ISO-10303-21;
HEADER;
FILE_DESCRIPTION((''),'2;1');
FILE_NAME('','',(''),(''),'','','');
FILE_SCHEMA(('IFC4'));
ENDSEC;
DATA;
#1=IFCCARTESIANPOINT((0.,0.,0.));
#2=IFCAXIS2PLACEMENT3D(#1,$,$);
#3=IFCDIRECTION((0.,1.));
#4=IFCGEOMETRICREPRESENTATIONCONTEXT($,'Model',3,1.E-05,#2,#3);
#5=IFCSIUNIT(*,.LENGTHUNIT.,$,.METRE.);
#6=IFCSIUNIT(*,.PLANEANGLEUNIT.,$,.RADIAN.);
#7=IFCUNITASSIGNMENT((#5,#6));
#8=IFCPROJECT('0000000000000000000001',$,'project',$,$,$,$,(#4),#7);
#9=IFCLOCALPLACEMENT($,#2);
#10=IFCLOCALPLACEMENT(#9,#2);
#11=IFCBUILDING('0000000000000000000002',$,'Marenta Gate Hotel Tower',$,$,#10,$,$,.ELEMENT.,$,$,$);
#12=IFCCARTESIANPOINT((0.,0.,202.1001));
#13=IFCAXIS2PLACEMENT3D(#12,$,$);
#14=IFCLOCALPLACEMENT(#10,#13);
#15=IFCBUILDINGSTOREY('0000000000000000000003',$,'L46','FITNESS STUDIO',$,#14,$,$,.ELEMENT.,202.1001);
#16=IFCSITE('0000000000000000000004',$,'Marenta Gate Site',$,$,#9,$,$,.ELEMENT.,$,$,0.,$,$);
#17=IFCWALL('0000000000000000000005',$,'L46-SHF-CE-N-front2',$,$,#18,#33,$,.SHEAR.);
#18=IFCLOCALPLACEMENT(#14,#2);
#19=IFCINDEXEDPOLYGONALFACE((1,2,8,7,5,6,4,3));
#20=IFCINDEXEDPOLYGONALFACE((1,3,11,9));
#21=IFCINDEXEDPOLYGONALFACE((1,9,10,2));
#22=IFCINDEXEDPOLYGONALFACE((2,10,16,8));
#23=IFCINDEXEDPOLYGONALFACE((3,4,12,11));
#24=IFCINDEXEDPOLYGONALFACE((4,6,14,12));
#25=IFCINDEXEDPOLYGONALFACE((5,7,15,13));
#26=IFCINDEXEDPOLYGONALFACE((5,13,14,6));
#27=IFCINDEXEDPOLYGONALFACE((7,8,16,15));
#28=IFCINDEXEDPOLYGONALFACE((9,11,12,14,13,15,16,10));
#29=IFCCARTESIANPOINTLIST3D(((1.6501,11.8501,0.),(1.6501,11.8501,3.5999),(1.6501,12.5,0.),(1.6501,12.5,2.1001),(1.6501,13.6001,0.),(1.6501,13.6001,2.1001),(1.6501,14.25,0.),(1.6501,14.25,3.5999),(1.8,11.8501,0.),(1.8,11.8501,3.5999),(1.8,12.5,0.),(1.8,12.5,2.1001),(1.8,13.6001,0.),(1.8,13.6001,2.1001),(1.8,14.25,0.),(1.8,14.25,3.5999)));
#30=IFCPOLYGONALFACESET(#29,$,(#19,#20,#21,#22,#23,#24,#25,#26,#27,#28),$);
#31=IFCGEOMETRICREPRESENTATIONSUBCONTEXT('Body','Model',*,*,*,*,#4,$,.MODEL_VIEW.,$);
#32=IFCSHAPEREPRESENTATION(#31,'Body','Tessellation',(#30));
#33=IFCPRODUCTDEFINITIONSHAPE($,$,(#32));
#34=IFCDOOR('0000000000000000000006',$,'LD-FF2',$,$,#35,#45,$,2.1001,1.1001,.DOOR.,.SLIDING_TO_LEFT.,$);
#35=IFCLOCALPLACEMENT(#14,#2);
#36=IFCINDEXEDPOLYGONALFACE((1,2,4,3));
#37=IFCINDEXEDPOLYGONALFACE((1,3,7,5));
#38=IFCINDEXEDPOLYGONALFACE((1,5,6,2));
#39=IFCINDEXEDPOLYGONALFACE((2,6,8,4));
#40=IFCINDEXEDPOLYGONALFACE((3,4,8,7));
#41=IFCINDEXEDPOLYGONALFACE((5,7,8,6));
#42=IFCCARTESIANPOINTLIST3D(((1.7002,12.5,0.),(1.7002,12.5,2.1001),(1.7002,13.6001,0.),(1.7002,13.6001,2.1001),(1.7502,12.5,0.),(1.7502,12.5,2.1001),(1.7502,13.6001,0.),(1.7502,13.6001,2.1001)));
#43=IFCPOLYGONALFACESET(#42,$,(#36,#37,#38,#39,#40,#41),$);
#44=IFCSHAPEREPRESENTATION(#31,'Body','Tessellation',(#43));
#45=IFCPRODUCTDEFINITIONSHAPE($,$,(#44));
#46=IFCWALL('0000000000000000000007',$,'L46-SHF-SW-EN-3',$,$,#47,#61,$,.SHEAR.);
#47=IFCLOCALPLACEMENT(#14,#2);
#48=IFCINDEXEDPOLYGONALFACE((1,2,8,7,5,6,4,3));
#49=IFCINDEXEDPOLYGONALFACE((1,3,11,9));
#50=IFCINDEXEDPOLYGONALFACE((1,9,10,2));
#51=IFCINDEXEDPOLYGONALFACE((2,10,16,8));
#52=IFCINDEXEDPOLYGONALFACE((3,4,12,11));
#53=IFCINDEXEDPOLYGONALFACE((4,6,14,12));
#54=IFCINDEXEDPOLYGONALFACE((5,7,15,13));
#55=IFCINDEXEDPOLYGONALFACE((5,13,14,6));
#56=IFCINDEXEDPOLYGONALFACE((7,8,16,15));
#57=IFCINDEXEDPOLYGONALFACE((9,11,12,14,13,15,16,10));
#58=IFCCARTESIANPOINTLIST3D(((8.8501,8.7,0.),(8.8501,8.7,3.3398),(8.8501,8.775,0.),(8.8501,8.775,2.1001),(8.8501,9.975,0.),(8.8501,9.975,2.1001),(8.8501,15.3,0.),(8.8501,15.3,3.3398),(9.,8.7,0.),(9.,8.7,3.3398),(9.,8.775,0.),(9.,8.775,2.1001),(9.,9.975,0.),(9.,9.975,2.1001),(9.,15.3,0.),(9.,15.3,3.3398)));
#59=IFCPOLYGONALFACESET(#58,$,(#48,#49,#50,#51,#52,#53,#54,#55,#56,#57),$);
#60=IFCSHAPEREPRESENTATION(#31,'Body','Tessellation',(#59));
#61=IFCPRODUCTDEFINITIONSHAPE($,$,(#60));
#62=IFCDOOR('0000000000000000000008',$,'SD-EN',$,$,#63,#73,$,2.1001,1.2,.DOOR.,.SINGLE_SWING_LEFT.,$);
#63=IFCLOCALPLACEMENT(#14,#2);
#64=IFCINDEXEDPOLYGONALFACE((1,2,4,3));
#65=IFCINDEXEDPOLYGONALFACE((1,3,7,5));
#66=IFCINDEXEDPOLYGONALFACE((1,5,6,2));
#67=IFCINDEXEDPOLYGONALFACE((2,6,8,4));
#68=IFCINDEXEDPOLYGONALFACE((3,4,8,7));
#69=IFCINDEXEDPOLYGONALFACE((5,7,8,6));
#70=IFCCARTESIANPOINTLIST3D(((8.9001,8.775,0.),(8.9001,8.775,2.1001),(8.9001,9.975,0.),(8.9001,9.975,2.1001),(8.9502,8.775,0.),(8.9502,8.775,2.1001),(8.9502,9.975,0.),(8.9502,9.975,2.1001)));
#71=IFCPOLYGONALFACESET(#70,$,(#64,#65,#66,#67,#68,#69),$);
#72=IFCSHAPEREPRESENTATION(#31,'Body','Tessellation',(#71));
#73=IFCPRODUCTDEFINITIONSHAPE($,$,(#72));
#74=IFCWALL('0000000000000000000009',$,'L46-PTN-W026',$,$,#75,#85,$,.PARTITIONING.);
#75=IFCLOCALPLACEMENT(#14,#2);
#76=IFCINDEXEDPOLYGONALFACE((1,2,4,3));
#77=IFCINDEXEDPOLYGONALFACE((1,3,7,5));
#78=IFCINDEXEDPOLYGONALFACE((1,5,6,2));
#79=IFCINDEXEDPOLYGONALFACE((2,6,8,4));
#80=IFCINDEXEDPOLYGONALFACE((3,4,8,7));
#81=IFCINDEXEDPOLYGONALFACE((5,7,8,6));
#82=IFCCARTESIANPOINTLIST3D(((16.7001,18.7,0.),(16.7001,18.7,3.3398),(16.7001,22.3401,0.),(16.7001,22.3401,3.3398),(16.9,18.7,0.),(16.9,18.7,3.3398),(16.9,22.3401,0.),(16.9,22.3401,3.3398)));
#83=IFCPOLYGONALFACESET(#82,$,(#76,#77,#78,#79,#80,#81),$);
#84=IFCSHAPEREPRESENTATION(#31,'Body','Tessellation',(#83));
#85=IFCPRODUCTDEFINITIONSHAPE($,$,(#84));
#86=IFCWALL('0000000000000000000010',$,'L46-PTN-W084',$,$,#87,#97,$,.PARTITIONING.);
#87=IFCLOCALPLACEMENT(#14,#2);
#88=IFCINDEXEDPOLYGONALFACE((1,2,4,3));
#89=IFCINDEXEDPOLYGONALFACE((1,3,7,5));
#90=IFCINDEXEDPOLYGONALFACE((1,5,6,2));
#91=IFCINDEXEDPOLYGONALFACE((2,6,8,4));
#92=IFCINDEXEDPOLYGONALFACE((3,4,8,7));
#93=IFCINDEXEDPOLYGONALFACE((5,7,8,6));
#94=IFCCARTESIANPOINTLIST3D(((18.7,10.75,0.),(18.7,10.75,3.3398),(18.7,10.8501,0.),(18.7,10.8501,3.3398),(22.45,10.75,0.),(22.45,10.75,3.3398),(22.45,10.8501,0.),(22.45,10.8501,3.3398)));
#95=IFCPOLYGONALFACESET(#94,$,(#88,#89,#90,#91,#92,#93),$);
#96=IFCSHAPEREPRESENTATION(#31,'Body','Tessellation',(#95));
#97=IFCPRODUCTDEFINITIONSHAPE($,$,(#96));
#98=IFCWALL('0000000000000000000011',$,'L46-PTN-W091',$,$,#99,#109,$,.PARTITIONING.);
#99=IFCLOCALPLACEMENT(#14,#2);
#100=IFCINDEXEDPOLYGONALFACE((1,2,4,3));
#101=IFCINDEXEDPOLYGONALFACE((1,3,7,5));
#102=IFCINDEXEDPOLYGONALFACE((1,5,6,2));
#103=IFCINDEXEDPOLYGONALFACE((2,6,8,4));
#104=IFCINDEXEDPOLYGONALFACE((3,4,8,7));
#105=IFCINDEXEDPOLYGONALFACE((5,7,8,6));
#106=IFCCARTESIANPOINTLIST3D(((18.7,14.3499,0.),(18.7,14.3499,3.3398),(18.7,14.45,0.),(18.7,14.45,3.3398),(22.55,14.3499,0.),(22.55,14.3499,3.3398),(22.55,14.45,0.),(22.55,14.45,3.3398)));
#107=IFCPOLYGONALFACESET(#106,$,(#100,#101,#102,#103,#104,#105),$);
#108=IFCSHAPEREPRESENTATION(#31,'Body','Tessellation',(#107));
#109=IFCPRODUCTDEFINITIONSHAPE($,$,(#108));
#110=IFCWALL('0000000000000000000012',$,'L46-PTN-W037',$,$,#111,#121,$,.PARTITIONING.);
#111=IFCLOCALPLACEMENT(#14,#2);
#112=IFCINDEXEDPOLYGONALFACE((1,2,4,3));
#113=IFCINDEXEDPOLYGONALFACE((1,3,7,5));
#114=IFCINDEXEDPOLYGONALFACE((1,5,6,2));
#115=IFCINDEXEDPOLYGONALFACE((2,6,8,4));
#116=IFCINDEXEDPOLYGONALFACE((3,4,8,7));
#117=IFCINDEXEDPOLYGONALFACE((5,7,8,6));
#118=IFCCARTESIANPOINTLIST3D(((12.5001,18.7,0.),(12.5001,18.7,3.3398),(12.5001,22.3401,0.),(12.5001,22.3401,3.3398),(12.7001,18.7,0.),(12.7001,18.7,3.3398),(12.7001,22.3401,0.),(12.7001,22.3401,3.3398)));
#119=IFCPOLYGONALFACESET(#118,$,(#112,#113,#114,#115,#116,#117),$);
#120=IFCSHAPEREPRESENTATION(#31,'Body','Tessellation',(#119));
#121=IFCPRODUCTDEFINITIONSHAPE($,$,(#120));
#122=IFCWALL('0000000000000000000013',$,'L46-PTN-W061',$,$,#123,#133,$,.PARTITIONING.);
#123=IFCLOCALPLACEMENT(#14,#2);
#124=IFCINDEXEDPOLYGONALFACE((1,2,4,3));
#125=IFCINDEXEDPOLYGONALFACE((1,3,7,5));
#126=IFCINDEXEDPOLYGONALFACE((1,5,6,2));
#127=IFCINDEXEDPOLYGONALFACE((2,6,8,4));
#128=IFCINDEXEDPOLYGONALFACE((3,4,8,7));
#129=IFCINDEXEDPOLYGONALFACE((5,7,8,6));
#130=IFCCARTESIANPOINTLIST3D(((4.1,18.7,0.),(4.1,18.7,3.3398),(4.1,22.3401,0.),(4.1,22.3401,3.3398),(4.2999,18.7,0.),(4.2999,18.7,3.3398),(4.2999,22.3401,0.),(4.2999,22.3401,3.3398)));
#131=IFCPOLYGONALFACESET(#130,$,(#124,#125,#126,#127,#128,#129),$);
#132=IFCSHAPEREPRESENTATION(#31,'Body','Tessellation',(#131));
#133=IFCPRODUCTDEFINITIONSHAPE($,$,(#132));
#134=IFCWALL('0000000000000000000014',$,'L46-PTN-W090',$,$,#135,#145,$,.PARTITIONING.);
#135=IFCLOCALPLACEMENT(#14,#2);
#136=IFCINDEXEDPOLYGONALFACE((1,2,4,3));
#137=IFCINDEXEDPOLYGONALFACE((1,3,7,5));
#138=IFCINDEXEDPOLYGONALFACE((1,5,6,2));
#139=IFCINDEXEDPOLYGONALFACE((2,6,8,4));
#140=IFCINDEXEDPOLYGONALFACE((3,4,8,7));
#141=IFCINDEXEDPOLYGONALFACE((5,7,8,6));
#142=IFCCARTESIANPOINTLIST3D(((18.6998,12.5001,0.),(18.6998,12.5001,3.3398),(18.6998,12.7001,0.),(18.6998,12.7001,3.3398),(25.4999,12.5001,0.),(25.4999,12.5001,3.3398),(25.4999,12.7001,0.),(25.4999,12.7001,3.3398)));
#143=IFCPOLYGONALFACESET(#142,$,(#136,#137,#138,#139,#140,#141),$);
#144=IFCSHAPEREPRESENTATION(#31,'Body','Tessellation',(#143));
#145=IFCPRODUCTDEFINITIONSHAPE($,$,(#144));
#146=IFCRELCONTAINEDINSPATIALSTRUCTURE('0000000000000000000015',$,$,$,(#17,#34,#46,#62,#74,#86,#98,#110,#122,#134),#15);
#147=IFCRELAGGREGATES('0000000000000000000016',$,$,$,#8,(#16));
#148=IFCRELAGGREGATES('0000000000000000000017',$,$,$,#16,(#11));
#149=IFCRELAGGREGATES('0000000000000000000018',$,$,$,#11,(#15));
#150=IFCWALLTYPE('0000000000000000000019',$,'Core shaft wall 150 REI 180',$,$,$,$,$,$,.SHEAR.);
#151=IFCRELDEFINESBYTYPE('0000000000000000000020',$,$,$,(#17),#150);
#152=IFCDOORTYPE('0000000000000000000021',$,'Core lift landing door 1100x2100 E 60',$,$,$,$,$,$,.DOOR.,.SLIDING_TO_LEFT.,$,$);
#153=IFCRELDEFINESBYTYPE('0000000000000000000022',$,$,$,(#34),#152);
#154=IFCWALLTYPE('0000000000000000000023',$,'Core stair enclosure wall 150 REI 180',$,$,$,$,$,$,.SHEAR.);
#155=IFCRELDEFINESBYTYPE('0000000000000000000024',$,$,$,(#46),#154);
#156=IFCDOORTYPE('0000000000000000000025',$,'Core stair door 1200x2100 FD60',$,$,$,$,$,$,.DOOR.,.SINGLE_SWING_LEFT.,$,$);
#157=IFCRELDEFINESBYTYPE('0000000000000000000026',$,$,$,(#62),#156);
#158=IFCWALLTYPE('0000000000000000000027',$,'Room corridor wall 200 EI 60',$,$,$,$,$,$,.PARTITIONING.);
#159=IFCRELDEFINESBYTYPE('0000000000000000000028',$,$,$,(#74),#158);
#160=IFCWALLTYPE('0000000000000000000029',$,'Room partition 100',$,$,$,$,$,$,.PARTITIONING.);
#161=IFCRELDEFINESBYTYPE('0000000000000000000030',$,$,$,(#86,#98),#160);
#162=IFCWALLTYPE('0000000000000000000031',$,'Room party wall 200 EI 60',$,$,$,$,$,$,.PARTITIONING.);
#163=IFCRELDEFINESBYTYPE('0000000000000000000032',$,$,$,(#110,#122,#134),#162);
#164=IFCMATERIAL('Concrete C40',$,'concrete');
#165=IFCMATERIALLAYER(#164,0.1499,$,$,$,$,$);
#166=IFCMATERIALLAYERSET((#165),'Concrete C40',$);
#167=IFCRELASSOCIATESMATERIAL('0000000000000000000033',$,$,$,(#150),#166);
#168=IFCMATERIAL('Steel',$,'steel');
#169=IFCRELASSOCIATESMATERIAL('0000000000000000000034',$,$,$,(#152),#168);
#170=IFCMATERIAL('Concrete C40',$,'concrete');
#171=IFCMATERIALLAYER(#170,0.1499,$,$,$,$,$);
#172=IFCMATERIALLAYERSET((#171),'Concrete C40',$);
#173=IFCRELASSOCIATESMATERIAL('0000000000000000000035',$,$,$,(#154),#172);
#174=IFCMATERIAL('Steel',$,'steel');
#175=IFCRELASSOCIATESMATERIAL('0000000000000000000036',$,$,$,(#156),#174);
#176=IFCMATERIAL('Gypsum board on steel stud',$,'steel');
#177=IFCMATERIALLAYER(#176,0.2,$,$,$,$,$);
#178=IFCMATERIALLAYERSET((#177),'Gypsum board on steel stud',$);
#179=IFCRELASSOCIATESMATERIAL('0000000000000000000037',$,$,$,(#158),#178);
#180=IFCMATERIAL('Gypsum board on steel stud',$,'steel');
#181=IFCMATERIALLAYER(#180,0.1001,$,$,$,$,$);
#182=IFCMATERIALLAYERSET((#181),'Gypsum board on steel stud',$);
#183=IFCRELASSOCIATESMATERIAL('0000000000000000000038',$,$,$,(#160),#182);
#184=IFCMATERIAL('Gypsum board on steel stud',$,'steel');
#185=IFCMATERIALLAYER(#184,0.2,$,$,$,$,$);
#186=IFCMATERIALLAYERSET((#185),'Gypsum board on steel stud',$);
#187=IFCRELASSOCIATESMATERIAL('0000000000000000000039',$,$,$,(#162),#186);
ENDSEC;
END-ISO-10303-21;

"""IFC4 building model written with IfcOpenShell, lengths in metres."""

from ifc_helpers import new_model, si_unit, direction, frame, frame_2d, origin, place, context, subcontext, project, spatial, rectangle, extrude, material, layer, layer_set, type_object, element, fill, save


model = new_model("IFC4")

# Units and contexts
model_context = context("Model", 3, precision=1e-05, world=origin(), true_north=direction((0.0, 1.0)))
body_context = subcontext(model_context, "Body", "Model", "MODEL_VIEW")
ifc_project = project(units=[si_unit("LENGTHUNIT", "METRE"), si_unit("PLANEANGLEUNIT", "RADIAN")], contexts=[model_context])

# Site, building, storey
site_placement = place(None, origin())
site = spatial("IfcSite", under=ifc_project, at=site_placement, Name="Marenta Gate Site", CompositionType="ELEMENT", RefElevation=0.0)
building_placement = place(site_placement, origin())
building = spatial("IfcBuilding", under=site, at=building_placement, Name="Marenta Gate Hotel Tower", CompositionType="ELEMENT")
storey_placement = place(building_placement, frame((0.0, 0.0, 202.1001)))
storey = spatial("IfcBuildingStorey", under=building, at=storey_placement, Name="L46", Description="FITNESS STUDIO", CompositionType="ELEMENT", Elevation=202.1001)

# Shared definitions
ifc_material_1 = material(Name="Concrete C40", Category="concrete")
ifc_layer_1 = layer(ifc_material_1, 0.1499)
ifc_layer_set_1 = layer_set([ifc_layer_1], Name="Concrete C40")
wall_type_1 = type_object("IfcWallType", Name="Core shaft wall 150 REI 180", PredefinedType="SHEAR", material=ifc_layer_set_1)

# Walls, openings, doors
wall_1_placement = place(storey_placement, frame((1.7251, 11.8501, 0.0), z_axis=(0.0, 0.0, 1.0), x_axis=(0.0, 1.0, 0.0)))
wall_1 = element("IfcWall", 1, at=wall_1_placement, inside=storey, type_object=wall_type_1, Name="L46-SHF-CE-N-front2", PredefinedType="SHEAR", context=body_context, shape_type="SweptSolid", body=[
    extrude(rectangle(XDim=2.3999, YDim=0.1499, at=frame_2d((1.2, 0.0))), origin(), (0.0, 0.0, 1.0), 3.5999),
])
opening_1_placement = place(wall_1_placement, frame((0.6499, 0.0, 0.0)))
opening_1 = element("IfcOpeningElement", 2, at=opening_1_placement, cuts=wall_1, PredefinedType="OPENING", context=body_context, shape_type="SweptSolid", body=[
    extrude(rectangle(XDim=1.1001, YDim=2.1001, at=frame_2d((0.55, 1.05))), frame((0.0, 0.075, 0.0), z_axis=(0.0, -1.0, 0.0), x_axis=(1.0, 0.0, 0.0)), (0.0, 0.0, 1.0), 0.1499),
])
ifc_material_2 = material(Name="Steel", Category="steel")
door_type_1 = type_object("IfcDoorType", Name="Core lift landing door 1100x2100 E 60", OperationType="SLIDING_TO_LEFT", PredefinedType="DOOR", material=ifc_material_2)
door_1_placement = place(opening_1_placement, origin())
door_1 = element("IfcDoor", 3, at=door_1_placement, inside=storey, type_object=door_type_1, Name="LD-FF2", OperationType="SLIDING_TO_LEFT", OverallHeight=2.1001, OverallWidth=1.1001, PredefinedType="DOOR", context=body_context, shape_type="SweptSolid", body=[
    extrude(rectangle(XDim=1.1001, YDim=2.1001, at=frame_2d((0.55, 1.05))), frame((0.0, 0.0249, 0.0), z_axis=(0.0, -1.0, 0.0), x_axis=(1.0, 0.0, 0.0)), (0.0, 0.0, 1.0), 0.05),
])
fill(opening_1, door_1)
ifc_material_3 = material(Name="Concrete C40", Category="concrete")
ifc_layer_2 = layer(ifc_material_3, 0.1499)
ifc_layer_set_2 = layer_set([ifc_layer_2], Name="Concrete C40")
wall_type_2 = type_object("IfcWallType", Name="Core stair enclosure wall 150 REI 180", PredefinedType="SHEAR", material=ifc_layer_set_2)
wall_2_placement = place(storey_placement, frame((8.925, 8.7, 0.0), z_axis=(0.0, 0.0, 1.0), x_axis=(0.0, 1.0, 0.0)))
wall_2 = element("IfcWall", 4, at=wall_2_placement, inside=storey, type_object=wall_type_2, Name="L46-SHF-SW-EN-3", PredefinedType="SHEAR", context=body_context, shape_type="SweptSolid", body=[
    extrude(rectangle(XDim=6.6001, YDim=0.1499, at=frame_2d((3.3, 0.0))), origin(), (0.0, 0.0, 1.0), 3.3398),
])
opening_2_placement = place(wall_2_placement, frame((0.075, 0.0, 0.0)))
opening_2 = element("IfcOpeningElement", 5, at=opening_2_placement, cuts=wall_2, PredefinedType="OPENING", context=body_context, shape_type="SweptSolid", body=[
    extrude(rectangle(XDim=1.2, YDim=2.1001, at=frame_2d((0.6001, 1.05))), frame((0.0, 0.075, 0.0), z_axis=(0.0, -1.0, 0.0), x_axis=(1.0, 0.0, 0.0)), (0.0, 0.0, 1.0), 0.1499),
])
ifc_material_4 = material(Name="Steel", Category="steel")
door_type_2 = type_object("IfcDoorType", Name="Core stair door 1200x2100 FD60", OperationType="SINGLE_SWING_LEFT", PredefinedType="DOOR", material=ifc_material_4)
door_2_placement = place(opening_2_placement, origin())
door_2 = element("IfcDoor", 6, at=door_2_placement, inside=storey, type_object=door_type_2, Name="SD-EN", OperationType="SINGLE_SWING_LEFT", OverallHeight=2.1001, OverallWidth=1.2, PredefinedType="DOOR", context=body_context, shape_type="SweptSolid", body=[
    extrude(rectangle(XDim=1.2, YDim=2.1001, at=frame_2d((0.6001, 1.05))), frame((0.0, 0.0249, 0.0), z_axis=(0.0, -1.0, 0.0), x_axis=(1.0, 0.0, 0.0)), (0.0, 0.0, 1.0), 0.05),
])
fill(opening_2, door_2)

# Walls
ifc_material_5 = material(Name="Gypsum board on steel stud", Category="steel")
ifc_layer_3 = layer(ifc_material_5, 0.2)
ifc_layer_set_3 = layer_set([ifc_layer_3], Name="Gypsum board on steel stud")
wall_type_3 = type_object("IfcWallType", Name="Room corridor wall 200 EI 60", PredefinedType="PARTITIONING", material=ifc_layer_set_3)
wall_3_placement = place(storey_placement, frame((16.8, 18.7, 0.0), z_axis=(0.0, 0.0, 1.0), x_axis=(0.0, 1.0, 0.0)))
element("IfcWall", 7, at=wall_3_placement, inside=storey, type_object=wall_type_3, Name="L46-PTN-W026", PredefinedType="PARTITIONING", context=body_context, shape_type="SweptSolid", body=[
    extrude(rectangle(XDim=3.6401, YDim=0.2, at=frame_2d((1.8201, 0.0))), origin(), (0.0, 0.0, 1.0), 3.3398),
])
ifc_material_6 = material(Name="Gypsum board on steel stud", Category="steel")
ifc_layer_4 = layer(ifc_material_6, 0.1001)
ifc_layer_set_4 = layer_set([ifc_layer_4], Name="Gypsum board on steel stud")
wall_type_4 = type_object("IfcWallType", Name="Room partition 100", PredefinedType="PARTITIONING", material=ifc_layer_set_4)
wall_4_placement = place(storey_placement, frame((18.7, 10.8, 0.0), z_axis=(0.0, 0.0, 1.0), x_axis=(1.0, 0.0, 0.0)))
element("IfcWall", 8, at=wall_4_placement, inside=storey, type_object=wall_type_4, Name="L46-PTN-W084", PredefinedType="PARTITIONING", context=body_context, shape_type="SweptSolid", body=[
    extrude(rectangle(XDim=3.75, YDim=0.1001, at=frame_2d((1.875, 0.0))), origin(), (0.0, 0.0, 1.0), 3.3398),
])
wall_5_placement = place(storey_placement, frame((18.7, 14.3999, 0.0), z_axis=(0.0, 0.0, 1.0), x_axis=(1.0, 0.0, 0.0)))
element("IfcWall", 9, at=wall_5_placement, inside=storey, type_object=wall_type_4, Name="L46-PTN-W091", PredefinedType="PARTITIONING", context=body_context, shape_type="SweptSolid", body=[
    extrude(rectangle(XDim=3.8501, YDim=0.1001, at=frame_2d((1.925, 0.0))), origin(), (0.0, 0.0, 1.0), 3.3398),
])
ifc_material_7 = material(Name="Gypsum board on steel stud", Category="steel")
ifc_layer_5 = layer(ifc_material_7, 0.2)
ifc_layer_set_5 = layer_set([ifc_layer_5], Name="Gypsum board on steel stud")
wall_type_5 = type_object("IfcWallType", Name="Room party wall 200 EI 60", PredefinedType="PARTITIONING", material=ifc_layer_set_5)
for number, where, z_axis, x_axis, name in (
    (10, (12.6001, 18.7, 0.0), (0.0, 0.0, 1.0), (0.0, 1.0, 0.0), "L46-PTN-W037"),
    (11, (4.2, 18.7, 0.0), (0.0, 0.0, 1.0), (0.0, 1.0, 0.0), "L46-PTN-W061"),
):
    element("IfcWall", number, at=place(storey_placement, frame(where, z_axis=z_axis, x_axis=x_axis)), inside=storey, type_object=wall_type_5, Name=name, PredefinedType="PARTITIONING", context=body_context, shape_type="SweptSolid", body=[
        extrude(rectangle(XDim=3.6401, YDim=0.2, at=frame_2d((1.8201, 0.0))), origin(), (0.0, 0.0, 1.0), 3.3398),
    ])
wall_6_placement = place(storey_placement, frame((18.7, 12.6001, 0.0), z_axis=(0.0, 0.0, 1.0), x_axis=(1.0, 0.0, 0.0)))
element("IfcWall", 12, at=wall_6_placement, inside=storey, type_object=wall_type_5, Name="L46-PTN-W090", PredefinedType="PARTITIONING", context=body_context, shape_type="SweptSolid", body=[
    extrude(rectangle(XDim=6.8, YDim=0.2, at=frame_2d((3.3999, 0.0))), origin(), (0.0, 0.0, 1.0), 3.3398),
])

save(model, "model.ifc")
